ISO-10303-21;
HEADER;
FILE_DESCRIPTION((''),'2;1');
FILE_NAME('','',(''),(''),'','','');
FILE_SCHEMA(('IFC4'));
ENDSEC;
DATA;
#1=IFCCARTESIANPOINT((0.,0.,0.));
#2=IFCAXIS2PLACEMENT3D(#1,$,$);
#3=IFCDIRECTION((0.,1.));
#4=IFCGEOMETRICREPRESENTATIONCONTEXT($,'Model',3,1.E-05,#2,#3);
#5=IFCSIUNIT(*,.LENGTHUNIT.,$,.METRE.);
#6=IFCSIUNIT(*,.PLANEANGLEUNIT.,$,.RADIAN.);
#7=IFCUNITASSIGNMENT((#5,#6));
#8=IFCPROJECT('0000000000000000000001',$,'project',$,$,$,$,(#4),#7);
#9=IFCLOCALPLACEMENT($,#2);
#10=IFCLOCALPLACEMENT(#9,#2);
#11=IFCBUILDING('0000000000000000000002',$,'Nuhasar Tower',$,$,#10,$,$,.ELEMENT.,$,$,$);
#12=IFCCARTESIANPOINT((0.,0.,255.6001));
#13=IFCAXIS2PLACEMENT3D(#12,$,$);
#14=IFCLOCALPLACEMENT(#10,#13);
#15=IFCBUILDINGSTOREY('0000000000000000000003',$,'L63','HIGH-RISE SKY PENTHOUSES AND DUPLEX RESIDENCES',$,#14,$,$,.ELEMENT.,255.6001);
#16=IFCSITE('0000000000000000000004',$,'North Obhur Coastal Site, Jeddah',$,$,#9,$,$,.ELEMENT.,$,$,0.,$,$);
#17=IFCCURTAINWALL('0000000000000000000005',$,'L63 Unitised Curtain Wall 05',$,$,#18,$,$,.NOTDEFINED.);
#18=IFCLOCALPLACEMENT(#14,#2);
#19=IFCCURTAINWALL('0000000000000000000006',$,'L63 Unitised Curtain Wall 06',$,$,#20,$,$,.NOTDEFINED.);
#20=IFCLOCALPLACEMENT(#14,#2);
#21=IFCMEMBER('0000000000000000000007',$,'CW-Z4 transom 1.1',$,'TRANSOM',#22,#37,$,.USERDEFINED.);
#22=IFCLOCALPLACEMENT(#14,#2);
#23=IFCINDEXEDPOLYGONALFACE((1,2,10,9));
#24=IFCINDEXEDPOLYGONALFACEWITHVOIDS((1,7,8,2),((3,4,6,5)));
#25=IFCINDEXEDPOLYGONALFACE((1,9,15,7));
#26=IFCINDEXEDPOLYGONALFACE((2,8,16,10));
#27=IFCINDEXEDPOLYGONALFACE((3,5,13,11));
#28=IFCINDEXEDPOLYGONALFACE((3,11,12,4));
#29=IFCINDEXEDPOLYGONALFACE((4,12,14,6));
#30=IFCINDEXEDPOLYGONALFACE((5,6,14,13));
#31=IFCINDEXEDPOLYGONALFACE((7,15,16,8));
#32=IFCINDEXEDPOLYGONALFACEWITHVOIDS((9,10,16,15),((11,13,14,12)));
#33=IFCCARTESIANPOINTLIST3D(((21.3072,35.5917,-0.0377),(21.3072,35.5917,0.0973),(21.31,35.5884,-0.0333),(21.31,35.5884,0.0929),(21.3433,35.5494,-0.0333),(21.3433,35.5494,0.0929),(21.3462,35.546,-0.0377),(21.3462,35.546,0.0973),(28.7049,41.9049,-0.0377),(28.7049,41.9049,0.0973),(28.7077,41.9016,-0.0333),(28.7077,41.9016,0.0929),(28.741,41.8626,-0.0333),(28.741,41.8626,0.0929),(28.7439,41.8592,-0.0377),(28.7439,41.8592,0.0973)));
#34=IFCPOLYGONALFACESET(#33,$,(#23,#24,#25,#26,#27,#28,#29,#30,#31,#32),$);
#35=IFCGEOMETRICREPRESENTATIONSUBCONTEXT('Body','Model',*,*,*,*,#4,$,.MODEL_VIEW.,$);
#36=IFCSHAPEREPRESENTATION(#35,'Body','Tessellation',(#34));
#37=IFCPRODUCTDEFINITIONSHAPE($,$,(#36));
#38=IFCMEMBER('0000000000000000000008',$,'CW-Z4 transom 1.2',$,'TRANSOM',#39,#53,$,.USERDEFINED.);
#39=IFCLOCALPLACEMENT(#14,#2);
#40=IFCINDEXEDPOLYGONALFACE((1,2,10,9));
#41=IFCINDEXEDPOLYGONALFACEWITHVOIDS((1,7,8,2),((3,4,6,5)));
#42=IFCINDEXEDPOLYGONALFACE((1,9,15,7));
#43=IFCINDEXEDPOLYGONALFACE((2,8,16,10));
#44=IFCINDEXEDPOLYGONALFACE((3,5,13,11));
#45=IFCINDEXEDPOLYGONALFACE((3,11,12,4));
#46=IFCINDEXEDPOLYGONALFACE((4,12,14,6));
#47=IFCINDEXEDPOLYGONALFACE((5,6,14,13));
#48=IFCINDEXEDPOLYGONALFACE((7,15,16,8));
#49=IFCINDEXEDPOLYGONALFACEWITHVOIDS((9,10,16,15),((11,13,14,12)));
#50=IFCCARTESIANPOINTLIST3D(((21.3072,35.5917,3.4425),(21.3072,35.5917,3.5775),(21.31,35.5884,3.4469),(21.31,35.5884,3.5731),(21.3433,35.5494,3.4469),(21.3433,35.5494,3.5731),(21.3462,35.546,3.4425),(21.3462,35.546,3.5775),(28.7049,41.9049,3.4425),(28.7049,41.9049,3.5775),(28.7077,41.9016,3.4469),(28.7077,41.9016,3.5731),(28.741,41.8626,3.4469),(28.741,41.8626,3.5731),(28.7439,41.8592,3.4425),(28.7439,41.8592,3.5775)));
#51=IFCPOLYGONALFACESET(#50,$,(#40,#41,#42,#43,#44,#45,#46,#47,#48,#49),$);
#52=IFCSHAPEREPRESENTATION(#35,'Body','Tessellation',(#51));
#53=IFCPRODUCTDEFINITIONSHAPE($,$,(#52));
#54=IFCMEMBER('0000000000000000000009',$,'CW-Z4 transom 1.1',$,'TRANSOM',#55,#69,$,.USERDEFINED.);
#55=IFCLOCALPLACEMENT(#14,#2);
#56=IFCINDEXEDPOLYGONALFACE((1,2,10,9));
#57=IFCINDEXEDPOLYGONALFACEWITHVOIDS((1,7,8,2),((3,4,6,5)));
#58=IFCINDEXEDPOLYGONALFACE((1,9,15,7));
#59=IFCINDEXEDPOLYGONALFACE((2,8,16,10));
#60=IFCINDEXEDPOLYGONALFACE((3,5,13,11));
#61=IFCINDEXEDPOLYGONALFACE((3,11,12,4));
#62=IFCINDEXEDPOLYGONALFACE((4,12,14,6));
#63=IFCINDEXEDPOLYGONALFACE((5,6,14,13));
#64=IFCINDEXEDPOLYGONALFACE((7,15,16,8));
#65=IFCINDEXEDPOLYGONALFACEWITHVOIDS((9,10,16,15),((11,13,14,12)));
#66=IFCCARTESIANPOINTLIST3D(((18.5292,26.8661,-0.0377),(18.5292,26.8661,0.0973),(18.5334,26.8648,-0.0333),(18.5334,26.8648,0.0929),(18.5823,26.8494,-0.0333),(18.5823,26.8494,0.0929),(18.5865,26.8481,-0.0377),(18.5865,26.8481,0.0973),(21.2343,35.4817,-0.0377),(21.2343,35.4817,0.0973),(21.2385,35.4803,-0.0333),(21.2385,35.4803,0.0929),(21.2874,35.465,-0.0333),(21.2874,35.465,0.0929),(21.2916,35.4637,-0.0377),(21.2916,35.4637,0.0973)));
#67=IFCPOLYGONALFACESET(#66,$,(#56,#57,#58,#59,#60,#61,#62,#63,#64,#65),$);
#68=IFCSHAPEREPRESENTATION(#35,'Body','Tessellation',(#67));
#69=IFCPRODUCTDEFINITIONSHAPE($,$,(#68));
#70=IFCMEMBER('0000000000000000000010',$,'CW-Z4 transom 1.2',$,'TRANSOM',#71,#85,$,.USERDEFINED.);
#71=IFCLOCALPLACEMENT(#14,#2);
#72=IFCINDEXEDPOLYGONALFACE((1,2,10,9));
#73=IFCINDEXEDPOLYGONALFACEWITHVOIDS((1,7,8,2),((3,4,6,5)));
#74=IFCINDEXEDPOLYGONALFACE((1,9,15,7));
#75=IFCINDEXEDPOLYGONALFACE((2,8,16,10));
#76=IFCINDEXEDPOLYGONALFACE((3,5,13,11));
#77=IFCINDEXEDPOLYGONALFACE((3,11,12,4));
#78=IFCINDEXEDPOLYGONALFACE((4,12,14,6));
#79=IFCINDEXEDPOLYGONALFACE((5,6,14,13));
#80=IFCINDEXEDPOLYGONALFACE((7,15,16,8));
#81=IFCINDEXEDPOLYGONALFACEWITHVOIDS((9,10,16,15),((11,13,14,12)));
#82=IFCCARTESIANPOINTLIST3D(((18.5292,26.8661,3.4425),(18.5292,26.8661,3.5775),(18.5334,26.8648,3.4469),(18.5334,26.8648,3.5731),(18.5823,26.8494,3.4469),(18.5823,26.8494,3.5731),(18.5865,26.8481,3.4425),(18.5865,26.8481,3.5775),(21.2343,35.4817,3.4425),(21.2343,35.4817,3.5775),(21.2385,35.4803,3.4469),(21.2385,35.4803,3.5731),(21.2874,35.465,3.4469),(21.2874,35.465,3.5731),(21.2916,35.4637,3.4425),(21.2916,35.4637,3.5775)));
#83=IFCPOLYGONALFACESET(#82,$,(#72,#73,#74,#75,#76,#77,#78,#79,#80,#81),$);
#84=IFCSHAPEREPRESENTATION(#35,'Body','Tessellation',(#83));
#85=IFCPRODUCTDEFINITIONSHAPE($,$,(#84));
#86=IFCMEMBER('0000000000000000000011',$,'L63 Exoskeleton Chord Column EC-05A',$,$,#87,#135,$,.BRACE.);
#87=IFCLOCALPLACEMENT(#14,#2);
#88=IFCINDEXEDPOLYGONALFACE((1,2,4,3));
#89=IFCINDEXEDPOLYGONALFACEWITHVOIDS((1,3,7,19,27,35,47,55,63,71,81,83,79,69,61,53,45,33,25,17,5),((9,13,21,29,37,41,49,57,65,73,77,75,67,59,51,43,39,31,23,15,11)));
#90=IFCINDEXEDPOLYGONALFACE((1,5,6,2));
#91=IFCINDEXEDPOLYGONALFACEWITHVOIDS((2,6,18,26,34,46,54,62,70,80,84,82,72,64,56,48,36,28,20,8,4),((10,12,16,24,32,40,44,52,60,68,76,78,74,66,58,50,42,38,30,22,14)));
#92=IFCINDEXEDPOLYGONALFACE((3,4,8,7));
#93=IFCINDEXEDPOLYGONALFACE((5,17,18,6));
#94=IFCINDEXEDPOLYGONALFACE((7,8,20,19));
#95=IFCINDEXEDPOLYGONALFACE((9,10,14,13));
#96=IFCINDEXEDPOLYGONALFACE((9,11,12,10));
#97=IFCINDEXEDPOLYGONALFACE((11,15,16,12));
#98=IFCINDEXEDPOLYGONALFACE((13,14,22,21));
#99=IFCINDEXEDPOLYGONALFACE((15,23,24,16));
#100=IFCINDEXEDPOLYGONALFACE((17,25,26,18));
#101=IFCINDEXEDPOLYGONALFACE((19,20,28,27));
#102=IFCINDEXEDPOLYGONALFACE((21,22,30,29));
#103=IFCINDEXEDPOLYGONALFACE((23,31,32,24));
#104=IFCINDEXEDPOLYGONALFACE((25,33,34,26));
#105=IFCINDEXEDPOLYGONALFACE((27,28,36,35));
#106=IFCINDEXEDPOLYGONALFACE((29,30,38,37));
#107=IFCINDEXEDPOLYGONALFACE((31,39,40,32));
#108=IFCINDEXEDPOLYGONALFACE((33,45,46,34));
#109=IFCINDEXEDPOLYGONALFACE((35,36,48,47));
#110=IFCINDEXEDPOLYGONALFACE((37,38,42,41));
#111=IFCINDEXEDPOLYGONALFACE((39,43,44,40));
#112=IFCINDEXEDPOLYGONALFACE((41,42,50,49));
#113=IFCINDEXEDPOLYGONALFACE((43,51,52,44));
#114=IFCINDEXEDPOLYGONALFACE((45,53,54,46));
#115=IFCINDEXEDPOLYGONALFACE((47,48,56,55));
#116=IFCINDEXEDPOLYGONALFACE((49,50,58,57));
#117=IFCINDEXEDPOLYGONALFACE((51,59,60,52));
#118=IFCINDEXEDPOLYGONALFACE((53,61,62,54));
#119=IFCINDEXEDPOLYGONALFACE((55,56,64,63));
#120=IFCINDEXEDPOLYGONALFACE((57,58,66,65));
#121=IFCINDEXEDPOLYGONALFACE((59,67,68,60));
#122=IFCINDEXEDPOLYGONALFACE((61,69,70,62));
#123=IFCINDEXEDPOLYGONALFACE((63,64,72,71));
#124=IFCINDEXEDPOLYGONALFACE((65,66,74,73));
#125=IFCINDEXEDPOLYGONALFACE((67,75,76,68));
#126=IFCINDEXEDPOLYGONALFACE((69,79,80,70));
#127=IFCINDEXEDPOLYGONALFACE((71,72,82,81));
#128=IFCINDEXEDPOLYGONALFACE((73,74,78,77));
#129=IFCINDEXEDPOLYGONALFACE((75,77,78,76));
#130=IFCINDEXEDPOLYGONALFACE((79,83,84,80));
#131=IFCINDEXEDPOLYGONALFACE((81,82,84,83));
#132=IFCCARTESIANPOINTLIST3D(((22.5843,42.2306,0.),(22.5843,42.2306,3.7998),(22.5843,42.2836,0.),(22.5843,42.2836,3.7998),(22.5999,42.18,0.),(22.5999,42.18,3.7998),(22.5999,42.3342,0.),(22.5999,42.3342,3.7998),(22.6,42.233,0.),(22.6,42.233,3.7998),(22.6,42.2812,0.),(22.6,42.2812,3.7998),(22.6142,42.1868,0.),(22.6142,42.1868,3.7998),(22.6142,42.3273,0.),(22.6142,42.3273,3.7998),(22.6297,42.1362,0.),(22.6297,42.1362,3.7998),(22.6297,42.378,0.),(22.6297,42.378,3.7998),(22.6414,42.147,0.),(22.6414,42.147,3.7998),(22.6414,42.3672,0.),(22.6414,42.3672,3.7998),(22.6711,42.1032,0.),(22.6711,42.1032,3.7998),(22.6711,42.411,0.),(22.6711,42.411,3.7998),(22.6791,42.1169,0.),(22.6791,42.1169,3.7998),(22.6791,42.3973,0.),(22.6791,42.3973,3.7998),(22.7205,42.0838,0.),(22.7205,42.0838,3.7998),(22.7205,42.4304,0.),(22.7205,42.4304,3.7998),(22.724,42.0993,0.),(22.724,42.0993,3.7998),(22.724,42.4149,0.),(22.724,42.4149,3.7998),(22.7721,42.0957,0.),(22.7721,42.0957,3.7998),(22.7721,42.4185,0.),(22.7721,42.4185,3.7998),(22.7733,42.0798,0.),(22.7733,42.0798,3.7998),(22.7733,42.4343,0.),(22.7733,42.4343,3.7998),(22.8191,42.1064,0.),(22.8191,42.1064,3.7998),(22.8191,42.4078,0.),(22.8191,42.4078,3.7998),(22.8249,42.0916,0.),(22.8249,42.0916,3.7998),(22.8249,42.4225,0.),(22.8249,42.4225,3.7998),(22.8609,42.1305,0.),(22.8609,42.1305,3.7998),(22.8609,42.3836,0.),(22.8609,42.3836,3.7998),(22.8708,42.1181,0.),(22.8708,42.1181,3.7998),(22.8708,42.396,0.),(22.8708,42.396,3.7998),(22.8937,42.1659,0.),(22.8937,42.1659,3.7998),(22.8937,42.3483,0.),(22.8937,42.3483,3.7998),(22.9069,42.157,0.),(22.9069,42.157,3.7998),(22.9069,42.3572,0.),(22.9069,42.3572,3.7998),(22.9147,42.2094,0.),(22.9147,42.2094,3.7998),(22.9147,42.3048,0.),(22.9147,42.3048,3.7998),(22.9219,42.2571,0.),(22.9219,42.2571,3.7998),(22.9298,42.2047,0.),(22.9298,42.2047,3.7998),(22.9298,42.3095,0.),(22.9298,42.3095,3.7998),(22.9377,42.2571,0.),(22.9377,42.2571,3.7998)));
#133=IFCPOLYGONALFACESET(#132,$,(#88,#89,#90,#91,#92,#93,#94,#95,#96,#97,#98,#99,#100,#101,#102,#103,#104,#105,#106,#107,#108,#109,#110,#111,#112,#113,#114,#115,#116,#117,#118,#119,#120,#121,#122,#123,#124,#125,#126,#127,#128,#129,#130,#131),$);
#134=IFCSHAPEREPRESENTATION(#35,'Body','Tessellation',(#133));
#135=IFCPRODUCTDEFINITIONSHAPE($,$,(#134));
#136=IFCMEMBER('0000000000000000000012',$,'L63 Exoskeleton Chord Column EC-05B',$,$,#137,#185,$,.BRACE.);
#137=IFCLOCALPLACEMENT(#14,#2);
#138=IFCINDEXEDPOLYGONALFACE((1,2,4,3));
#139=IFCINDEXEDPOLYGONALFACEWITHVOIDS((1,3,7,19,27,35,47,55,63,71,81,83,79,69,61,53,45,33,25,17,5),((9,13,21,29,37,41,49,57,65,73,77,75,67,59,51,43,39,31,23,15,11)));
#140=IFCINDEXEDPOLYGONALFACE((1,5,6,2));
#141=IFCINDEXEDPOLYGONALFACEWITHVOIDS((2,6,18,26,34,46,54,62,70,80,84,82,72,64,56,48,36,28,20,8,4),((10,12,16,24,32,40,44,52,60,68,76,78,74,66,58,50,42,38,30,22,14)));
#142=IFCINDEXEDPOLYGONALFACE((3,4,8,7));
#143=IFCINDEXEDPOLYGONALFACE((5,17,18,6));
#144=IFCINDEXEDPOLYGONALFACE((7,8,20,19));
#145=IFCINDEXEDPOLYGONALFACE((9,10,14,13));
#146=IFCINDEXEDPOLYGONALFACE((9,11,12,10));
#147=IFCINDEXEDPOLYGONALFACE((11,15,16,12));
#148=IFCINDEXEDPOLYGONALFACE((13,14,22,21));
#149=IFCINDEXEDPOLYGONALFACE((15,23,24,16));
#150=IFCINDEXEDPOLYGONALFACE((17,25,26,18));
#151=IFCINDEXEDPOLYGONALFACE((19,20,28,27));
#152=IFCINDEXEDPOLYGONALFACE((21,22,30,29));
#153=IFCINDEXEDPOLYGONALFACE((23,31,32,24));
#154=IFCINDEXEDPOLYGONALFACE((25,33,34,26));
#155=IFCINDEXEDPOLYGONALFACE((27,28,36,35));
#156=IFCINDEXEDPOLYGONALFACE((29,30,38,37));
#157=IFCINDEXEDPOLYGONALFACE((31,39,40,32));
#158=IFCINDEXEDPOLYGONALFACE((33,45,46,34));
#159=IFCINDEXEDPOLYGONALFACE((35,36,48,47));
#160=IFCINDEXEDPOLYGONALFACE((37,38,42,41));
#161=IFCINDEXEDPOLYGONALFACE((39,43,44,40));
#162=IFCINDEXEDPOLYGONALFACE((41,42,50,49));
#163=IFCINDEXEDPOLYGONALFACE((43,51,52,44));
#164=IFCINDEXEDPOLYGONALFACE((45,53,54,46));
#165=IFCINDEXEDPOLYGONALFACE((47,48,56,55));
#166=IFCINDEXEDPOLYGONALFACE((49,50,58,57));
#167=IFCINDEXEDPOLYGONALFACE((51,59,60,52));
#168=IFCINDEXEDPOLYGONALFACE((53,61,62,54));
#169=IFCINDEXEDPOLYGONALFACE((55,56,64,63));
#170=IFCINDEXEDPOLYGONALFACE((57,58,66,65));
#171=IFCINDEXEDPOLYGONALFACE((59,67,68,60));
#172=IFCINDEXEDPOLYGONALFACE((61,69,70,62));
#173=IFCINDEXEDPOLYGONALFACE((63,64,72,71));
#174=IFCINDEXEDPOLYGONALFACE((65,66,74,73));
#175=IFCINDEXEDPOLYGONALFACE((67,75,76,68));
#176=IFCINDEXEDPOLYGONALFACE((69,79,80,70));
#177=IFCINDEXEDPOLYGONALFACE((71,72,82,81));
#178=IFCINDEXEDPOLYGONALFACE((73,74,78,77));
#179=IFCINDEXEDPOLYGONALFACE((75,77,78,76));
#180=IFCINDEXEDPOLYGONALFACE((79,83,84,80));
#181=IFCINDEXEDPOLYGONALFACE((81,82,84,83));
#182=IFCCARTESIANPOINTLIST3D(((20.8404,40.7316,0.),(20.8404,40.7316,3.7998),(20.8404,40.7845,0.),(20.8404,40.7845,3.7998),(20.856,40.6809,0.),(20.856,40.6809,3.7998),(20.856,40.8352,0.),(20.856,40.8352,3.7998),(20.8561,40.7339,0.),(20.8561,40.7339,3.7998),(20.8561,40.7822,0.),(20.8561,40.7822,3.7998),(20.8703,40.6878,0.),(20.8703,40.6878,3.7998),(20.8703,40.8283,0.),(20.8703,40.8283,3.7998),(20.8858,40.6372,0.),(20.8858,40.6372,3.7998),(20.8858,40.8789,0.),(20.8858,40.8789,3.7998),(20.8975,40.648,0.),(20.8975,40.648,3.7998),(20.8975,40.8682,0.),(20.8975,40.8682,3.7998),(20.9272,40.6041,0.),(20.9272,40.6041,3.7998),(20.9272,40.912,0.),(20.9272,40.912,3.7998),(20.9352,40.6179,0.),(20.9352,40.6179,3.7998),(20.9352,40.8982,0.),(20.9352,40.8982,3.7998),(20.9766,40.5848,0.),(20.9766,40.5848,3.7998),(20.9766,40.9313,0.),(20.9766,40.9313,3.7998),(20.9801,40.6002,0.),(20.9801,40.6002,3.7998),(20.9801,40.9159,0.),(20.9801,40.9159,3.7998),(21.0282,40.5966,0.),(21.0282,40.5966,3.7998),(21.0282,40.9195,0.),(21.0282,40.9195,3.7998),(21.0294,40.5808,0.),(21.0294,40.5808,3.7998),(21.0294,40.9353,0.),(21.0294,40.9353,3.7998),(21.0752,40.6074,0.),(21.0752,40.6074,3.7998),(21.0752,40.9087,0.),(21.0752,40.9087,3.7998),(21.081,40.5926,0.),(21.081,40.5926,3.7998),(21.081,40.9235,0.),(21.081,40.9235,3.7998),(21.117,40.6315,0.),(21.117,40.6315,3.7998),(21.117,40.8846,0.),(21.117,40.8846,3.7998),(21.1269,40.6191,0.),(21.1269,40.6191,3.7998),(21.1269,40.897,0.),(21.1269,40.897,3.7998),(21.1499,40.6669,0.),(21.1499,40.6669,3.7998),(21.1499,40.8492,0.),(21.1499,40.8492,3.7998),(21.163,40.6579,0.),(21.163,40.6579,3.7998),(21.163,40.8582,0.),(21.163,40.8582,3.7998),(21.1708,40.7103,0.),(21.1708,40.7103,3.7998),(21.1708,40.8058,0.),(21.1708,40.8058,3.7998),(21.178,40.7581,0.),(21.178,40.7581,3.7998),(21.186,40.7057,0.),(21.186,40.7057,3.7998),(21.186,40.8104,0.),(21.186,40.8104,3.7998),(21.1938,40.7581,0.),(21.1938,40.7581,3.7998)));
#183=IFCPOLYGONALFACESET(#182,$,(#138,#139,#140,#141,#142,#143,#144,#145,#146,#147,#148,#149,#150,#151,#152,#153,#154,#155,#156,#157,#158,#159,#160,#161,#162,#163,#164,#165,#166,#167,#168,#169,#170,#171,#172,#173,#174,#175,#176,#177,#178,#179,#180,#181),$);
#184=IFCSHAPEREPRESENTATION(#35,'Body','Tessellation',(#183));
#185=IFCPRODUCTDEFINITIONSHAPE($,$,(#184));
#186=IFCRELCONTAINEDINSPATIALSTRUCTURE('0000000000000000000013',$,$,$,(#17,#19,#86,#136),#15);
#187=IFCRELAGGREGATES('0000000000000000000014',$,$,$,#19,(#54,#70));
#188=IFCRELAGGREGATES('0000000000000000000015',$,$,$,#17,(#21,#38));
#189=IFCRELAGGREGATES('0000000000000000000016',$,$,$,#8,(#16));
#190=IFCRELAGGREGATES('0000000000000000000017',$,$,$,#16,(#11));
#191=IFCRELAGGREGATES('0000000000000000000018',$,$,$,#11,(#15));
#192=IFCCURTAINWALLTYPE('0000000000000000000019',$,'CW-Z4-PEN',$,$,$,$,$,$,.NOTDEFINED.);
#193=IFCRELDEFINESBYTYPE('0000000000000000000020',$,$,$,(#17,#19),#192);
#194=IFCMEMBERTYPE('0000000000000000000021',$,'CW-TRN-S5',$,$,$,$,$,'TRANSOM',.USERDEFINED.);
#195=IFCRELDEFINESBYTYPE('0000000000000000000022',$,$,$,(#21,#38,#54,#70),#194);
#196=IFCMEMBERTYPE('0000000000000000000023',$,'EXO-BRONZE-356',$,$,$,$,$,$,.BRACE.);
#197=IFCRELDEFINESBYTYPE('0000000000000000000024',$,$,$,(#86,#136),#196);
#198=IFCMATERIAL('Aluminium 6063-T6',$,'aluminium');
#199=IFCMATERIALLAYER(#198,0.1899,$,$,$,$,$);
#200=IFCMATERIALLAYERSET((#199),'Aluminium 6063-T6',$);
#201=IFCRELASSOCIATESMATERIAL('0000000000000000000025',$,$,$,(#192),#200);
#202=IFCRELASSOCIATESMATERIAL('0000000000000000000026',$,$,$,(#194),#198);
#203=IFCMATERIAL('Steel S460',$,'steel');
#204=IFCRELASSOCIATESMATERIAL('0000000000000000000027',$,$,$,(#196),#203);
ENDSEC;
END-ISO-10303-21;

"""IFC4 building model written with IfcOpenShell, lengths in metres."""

from ifc_helpers import new_model, si_unit, direction, frame, origin, origin_2d, place, context, subcontext, project, spatial, hollow_rectangle, hollow_circle, extrude, material, layer, layer_set, material_profile, profile_set, type_object, element, aggregate, save


model = new_model("IFC4")

# Units and contexts
model_context = context("Model", 3, precision=1e-05, world=origin(), true_north=direction((0.0, 1.0)))
body_context = subcontext(model_context, "Body", "Model", "MODEL_VIEW")
ifc_project = project(units=[si_unit("LENGTHUNIT", "METRE"), si_unit("PLANEANGLEUNIT", "RADIAN")], contexts=[model_context])

# Site, building, storey
site_placement = place(None, origin())
site = spatial("IfcSite", under=ifc_project, at=site_placement, Name="North Obhur Coastal Site, Jeddah", CompositionType="ELEMENT", RefElevation=0.0)
building_placement = place(site_placement, origin())
building = spatial("IfcBuilding", under=site, at=building_placement, Name="Nuhasar Tower", CompositionType="ELEMENT")
storey_placement = place(building_placement, frame((0.0, 0.0, 255.6001)))
storey = spatial("IfcBuildingStorey", under=building, at=storey_placement, Name="L63", Description="HIGH-RISE SKY PENTHOUSES AND DUPLEX RESIDENCES", CompositionType="ELEMENT", Elevation=255.6001)

# Shared definitions
ifc_material_1 = material(Name="Steel S460", Category="steel")

# Shared definitions
ifc_material_2 = material(Name="Aluminium 6063-T6", Category="aluminium")
ifc_layer_1 = layer(ifc_material_2, 0.1899)
ifc_layer_set_1 = layer_set([ifc_layer_1], Name="Aluminium 6063-T6")
curtain_wall_type = type_object("IfcCurtainWallType", Name="CW-Z4-PEN", PredefinedType="NOTDEFINED", material=ifc_layer_set_1)

# Curtain wall
curtain_wall_1_placement = place(storey_placement, origin())
curtain_wall_1 = element("IfcCurtainWall", 1, at=curtain_wall_1_placement, inside=storey, type_object=curtain_wall_type, Name="L63 Unitised Curtain Wall 05", PredefinedType="NOTDEFINED")

# Curtain wall
curtain_wall_2_placement = place(storey_placement, origin())
curtain_wall_2 = element("IfcCurtainWall", 2, at=curtain_wall_2_placement, inside=storey, type_object=curtain_wall_type, Name="L63 Unitised Curtain Wall 06", PredefinedType="NOTDEFINED")

# Members
ifc_material_profile_1 = material_profile(ifc_material_2, hollow_rectangle(XDim=0.0601, YDim=0.135, WallThickness=0.0044, at=origin_2d()), Name="CWT-5")
ifc_profile_set_1 = profile_set([ifc_material_profile_1], Name="Aluminium 6063-T6")
member_type_1 = type_object("IfcMemberType", Name="CW-TRN-S5", ElementType="TRANSOM", PredefinedType="USERDEFINED", material=ifc_profile_set_1)
member_1_placement = place(storey_placement, frame((28.7244, 41.8821, 0.0298), z_axis=(-0.76066, -0.64915, 0.0), x_axis=(0.64915, -0.76066, 0.0)))
member_1 = element("IfcMember", 3, at=member_1_placement, type_object=member_type_1, Name="CW-Z4 transom 1.1", ObjectType="TRANSOM", PredefinedType="USERDEFINED", context=body_context, shape_type="SweptSolid", body=[
    extrude(hollow_rectangle(XDim=0.0601, YDim=0.135, WallThickness=0.0044, at=origin_2d()), origin(), (0.0, 0.0, 1.0), 9.7253),
])
member_2_placement = place(storey_placement, frame((28.7244, 41.8821, 3.51), z_axis=(-0.76066, -0.64915, 0.0), x_axis=(0.64915, -0.76066, 0.0)))
member_2 = element("IfcMember", 4, at=member_2_placement, type_object=member_type_1, Name="CW-Z4 transom 1.2", ObjectType="TRANSOM", PredefinedType="USERDEFINED", context=body_context, shape_type="SweptSolid", body=[
    extrude(hollow_rectangle(XDim=0.0601, YDim=0.135, WallThickness=0.0044, at=origin_2d()), origin(), (0.0, 0.0, 1.0), 9.7253),
])
member_3_placement = place(storey_placement, frame((21.2629, 35.4727, 0.0298), z_axis=(-0.29956, -0.954077, 0.0), x_axis=(0.954077, -0.29956, 0.0)))
member_3 = element("IfcMember", 5, at=member_3_placement, type_object=member_type_1, Name="CW-Z4 transom 1.1", ObjectType="TRANSOM", PredefinedType="USERDEFINED", context=body_context, shape_type="SweptSolid", body=[
    extrude(hollow_rectangle(XDim=0.0601, YDim=0.135, WallThickness=0.0044, at=origin_2d()), origin(), (0.0, 0.0, 1.0), 9.0303),
])
member_4_placement = place(storey_placement, frame((21.2629, 35.4727, 3.51), z_axis=(-0.29956, -0.954077, 0.0), x_axis=(0.954077, -0.29956, 0.0)))
member_4 = element("IfcMember", 6, at=member_4_placement, type_object=member_type_1, Name="CW-Z4 transom 1.2", ObjectType="TRANSOM", PredefinedType="USERDEFINED", context=body_context, shape_type="SweptSolid", body=[
    extrude(hollow_rectangle(XDim=0.0601, YDim=0.135, WallThickness=0.0044, at=origin_2d()), origin(), (0.0, 0.0, 1.0), 9.0303),
])
aggregate(curtain_wall_2, [member_3, member_4])

# Members
ifc_material_profile_2 = material_profile(ifc_material_1, hollow_circle(Radius=0.1777, WallThickness=0.0159, at=origin_2d()), Name="HSS355.6X15.9")
ifc_profile_set_2 = profile_set([ifc_material_profile_2], Name="Steel S460")
member_type_2 = type_object("IfcMemberType", Name="EXO-BRONZE-356", PredefinedType="BRACE", material=ifc_profile_set_2)
for number, where, z_axis, x_axis, name in (
    (7, (22.76, 42.2571, 0.0), (0.0, 0.0, 1.0), (1.0, 0.0, 0.0), "L63 Exoskeleton Chord Column EC-05A"),
    (8, (21.0161, 40.7581, 0.0), (0.0, 0.0, 1.0), (1.0, 0.0, 0.0), "L63 Exoskeleton Chord Column EC-05B"),
):
    element("IfcMember", number, at=place(storey_placement, frame(where, z_axis=z_axis, x_axis=x_axis)), inside=storey, type_object=member_type_2, Name=name, PredefinedType="BRACE", context=body_context, shape_type="SweptSolid", body=[
        extrude(hollow_circle(Radius=0.1777, WallThickness=0.0159, at=origin_2d()), origin(), (0.0, 0.0, 1.0), 3.7998),
    ])

aggregate(curtain_wall_1, [member_1, member_2])

save(model, "model.ifc")
